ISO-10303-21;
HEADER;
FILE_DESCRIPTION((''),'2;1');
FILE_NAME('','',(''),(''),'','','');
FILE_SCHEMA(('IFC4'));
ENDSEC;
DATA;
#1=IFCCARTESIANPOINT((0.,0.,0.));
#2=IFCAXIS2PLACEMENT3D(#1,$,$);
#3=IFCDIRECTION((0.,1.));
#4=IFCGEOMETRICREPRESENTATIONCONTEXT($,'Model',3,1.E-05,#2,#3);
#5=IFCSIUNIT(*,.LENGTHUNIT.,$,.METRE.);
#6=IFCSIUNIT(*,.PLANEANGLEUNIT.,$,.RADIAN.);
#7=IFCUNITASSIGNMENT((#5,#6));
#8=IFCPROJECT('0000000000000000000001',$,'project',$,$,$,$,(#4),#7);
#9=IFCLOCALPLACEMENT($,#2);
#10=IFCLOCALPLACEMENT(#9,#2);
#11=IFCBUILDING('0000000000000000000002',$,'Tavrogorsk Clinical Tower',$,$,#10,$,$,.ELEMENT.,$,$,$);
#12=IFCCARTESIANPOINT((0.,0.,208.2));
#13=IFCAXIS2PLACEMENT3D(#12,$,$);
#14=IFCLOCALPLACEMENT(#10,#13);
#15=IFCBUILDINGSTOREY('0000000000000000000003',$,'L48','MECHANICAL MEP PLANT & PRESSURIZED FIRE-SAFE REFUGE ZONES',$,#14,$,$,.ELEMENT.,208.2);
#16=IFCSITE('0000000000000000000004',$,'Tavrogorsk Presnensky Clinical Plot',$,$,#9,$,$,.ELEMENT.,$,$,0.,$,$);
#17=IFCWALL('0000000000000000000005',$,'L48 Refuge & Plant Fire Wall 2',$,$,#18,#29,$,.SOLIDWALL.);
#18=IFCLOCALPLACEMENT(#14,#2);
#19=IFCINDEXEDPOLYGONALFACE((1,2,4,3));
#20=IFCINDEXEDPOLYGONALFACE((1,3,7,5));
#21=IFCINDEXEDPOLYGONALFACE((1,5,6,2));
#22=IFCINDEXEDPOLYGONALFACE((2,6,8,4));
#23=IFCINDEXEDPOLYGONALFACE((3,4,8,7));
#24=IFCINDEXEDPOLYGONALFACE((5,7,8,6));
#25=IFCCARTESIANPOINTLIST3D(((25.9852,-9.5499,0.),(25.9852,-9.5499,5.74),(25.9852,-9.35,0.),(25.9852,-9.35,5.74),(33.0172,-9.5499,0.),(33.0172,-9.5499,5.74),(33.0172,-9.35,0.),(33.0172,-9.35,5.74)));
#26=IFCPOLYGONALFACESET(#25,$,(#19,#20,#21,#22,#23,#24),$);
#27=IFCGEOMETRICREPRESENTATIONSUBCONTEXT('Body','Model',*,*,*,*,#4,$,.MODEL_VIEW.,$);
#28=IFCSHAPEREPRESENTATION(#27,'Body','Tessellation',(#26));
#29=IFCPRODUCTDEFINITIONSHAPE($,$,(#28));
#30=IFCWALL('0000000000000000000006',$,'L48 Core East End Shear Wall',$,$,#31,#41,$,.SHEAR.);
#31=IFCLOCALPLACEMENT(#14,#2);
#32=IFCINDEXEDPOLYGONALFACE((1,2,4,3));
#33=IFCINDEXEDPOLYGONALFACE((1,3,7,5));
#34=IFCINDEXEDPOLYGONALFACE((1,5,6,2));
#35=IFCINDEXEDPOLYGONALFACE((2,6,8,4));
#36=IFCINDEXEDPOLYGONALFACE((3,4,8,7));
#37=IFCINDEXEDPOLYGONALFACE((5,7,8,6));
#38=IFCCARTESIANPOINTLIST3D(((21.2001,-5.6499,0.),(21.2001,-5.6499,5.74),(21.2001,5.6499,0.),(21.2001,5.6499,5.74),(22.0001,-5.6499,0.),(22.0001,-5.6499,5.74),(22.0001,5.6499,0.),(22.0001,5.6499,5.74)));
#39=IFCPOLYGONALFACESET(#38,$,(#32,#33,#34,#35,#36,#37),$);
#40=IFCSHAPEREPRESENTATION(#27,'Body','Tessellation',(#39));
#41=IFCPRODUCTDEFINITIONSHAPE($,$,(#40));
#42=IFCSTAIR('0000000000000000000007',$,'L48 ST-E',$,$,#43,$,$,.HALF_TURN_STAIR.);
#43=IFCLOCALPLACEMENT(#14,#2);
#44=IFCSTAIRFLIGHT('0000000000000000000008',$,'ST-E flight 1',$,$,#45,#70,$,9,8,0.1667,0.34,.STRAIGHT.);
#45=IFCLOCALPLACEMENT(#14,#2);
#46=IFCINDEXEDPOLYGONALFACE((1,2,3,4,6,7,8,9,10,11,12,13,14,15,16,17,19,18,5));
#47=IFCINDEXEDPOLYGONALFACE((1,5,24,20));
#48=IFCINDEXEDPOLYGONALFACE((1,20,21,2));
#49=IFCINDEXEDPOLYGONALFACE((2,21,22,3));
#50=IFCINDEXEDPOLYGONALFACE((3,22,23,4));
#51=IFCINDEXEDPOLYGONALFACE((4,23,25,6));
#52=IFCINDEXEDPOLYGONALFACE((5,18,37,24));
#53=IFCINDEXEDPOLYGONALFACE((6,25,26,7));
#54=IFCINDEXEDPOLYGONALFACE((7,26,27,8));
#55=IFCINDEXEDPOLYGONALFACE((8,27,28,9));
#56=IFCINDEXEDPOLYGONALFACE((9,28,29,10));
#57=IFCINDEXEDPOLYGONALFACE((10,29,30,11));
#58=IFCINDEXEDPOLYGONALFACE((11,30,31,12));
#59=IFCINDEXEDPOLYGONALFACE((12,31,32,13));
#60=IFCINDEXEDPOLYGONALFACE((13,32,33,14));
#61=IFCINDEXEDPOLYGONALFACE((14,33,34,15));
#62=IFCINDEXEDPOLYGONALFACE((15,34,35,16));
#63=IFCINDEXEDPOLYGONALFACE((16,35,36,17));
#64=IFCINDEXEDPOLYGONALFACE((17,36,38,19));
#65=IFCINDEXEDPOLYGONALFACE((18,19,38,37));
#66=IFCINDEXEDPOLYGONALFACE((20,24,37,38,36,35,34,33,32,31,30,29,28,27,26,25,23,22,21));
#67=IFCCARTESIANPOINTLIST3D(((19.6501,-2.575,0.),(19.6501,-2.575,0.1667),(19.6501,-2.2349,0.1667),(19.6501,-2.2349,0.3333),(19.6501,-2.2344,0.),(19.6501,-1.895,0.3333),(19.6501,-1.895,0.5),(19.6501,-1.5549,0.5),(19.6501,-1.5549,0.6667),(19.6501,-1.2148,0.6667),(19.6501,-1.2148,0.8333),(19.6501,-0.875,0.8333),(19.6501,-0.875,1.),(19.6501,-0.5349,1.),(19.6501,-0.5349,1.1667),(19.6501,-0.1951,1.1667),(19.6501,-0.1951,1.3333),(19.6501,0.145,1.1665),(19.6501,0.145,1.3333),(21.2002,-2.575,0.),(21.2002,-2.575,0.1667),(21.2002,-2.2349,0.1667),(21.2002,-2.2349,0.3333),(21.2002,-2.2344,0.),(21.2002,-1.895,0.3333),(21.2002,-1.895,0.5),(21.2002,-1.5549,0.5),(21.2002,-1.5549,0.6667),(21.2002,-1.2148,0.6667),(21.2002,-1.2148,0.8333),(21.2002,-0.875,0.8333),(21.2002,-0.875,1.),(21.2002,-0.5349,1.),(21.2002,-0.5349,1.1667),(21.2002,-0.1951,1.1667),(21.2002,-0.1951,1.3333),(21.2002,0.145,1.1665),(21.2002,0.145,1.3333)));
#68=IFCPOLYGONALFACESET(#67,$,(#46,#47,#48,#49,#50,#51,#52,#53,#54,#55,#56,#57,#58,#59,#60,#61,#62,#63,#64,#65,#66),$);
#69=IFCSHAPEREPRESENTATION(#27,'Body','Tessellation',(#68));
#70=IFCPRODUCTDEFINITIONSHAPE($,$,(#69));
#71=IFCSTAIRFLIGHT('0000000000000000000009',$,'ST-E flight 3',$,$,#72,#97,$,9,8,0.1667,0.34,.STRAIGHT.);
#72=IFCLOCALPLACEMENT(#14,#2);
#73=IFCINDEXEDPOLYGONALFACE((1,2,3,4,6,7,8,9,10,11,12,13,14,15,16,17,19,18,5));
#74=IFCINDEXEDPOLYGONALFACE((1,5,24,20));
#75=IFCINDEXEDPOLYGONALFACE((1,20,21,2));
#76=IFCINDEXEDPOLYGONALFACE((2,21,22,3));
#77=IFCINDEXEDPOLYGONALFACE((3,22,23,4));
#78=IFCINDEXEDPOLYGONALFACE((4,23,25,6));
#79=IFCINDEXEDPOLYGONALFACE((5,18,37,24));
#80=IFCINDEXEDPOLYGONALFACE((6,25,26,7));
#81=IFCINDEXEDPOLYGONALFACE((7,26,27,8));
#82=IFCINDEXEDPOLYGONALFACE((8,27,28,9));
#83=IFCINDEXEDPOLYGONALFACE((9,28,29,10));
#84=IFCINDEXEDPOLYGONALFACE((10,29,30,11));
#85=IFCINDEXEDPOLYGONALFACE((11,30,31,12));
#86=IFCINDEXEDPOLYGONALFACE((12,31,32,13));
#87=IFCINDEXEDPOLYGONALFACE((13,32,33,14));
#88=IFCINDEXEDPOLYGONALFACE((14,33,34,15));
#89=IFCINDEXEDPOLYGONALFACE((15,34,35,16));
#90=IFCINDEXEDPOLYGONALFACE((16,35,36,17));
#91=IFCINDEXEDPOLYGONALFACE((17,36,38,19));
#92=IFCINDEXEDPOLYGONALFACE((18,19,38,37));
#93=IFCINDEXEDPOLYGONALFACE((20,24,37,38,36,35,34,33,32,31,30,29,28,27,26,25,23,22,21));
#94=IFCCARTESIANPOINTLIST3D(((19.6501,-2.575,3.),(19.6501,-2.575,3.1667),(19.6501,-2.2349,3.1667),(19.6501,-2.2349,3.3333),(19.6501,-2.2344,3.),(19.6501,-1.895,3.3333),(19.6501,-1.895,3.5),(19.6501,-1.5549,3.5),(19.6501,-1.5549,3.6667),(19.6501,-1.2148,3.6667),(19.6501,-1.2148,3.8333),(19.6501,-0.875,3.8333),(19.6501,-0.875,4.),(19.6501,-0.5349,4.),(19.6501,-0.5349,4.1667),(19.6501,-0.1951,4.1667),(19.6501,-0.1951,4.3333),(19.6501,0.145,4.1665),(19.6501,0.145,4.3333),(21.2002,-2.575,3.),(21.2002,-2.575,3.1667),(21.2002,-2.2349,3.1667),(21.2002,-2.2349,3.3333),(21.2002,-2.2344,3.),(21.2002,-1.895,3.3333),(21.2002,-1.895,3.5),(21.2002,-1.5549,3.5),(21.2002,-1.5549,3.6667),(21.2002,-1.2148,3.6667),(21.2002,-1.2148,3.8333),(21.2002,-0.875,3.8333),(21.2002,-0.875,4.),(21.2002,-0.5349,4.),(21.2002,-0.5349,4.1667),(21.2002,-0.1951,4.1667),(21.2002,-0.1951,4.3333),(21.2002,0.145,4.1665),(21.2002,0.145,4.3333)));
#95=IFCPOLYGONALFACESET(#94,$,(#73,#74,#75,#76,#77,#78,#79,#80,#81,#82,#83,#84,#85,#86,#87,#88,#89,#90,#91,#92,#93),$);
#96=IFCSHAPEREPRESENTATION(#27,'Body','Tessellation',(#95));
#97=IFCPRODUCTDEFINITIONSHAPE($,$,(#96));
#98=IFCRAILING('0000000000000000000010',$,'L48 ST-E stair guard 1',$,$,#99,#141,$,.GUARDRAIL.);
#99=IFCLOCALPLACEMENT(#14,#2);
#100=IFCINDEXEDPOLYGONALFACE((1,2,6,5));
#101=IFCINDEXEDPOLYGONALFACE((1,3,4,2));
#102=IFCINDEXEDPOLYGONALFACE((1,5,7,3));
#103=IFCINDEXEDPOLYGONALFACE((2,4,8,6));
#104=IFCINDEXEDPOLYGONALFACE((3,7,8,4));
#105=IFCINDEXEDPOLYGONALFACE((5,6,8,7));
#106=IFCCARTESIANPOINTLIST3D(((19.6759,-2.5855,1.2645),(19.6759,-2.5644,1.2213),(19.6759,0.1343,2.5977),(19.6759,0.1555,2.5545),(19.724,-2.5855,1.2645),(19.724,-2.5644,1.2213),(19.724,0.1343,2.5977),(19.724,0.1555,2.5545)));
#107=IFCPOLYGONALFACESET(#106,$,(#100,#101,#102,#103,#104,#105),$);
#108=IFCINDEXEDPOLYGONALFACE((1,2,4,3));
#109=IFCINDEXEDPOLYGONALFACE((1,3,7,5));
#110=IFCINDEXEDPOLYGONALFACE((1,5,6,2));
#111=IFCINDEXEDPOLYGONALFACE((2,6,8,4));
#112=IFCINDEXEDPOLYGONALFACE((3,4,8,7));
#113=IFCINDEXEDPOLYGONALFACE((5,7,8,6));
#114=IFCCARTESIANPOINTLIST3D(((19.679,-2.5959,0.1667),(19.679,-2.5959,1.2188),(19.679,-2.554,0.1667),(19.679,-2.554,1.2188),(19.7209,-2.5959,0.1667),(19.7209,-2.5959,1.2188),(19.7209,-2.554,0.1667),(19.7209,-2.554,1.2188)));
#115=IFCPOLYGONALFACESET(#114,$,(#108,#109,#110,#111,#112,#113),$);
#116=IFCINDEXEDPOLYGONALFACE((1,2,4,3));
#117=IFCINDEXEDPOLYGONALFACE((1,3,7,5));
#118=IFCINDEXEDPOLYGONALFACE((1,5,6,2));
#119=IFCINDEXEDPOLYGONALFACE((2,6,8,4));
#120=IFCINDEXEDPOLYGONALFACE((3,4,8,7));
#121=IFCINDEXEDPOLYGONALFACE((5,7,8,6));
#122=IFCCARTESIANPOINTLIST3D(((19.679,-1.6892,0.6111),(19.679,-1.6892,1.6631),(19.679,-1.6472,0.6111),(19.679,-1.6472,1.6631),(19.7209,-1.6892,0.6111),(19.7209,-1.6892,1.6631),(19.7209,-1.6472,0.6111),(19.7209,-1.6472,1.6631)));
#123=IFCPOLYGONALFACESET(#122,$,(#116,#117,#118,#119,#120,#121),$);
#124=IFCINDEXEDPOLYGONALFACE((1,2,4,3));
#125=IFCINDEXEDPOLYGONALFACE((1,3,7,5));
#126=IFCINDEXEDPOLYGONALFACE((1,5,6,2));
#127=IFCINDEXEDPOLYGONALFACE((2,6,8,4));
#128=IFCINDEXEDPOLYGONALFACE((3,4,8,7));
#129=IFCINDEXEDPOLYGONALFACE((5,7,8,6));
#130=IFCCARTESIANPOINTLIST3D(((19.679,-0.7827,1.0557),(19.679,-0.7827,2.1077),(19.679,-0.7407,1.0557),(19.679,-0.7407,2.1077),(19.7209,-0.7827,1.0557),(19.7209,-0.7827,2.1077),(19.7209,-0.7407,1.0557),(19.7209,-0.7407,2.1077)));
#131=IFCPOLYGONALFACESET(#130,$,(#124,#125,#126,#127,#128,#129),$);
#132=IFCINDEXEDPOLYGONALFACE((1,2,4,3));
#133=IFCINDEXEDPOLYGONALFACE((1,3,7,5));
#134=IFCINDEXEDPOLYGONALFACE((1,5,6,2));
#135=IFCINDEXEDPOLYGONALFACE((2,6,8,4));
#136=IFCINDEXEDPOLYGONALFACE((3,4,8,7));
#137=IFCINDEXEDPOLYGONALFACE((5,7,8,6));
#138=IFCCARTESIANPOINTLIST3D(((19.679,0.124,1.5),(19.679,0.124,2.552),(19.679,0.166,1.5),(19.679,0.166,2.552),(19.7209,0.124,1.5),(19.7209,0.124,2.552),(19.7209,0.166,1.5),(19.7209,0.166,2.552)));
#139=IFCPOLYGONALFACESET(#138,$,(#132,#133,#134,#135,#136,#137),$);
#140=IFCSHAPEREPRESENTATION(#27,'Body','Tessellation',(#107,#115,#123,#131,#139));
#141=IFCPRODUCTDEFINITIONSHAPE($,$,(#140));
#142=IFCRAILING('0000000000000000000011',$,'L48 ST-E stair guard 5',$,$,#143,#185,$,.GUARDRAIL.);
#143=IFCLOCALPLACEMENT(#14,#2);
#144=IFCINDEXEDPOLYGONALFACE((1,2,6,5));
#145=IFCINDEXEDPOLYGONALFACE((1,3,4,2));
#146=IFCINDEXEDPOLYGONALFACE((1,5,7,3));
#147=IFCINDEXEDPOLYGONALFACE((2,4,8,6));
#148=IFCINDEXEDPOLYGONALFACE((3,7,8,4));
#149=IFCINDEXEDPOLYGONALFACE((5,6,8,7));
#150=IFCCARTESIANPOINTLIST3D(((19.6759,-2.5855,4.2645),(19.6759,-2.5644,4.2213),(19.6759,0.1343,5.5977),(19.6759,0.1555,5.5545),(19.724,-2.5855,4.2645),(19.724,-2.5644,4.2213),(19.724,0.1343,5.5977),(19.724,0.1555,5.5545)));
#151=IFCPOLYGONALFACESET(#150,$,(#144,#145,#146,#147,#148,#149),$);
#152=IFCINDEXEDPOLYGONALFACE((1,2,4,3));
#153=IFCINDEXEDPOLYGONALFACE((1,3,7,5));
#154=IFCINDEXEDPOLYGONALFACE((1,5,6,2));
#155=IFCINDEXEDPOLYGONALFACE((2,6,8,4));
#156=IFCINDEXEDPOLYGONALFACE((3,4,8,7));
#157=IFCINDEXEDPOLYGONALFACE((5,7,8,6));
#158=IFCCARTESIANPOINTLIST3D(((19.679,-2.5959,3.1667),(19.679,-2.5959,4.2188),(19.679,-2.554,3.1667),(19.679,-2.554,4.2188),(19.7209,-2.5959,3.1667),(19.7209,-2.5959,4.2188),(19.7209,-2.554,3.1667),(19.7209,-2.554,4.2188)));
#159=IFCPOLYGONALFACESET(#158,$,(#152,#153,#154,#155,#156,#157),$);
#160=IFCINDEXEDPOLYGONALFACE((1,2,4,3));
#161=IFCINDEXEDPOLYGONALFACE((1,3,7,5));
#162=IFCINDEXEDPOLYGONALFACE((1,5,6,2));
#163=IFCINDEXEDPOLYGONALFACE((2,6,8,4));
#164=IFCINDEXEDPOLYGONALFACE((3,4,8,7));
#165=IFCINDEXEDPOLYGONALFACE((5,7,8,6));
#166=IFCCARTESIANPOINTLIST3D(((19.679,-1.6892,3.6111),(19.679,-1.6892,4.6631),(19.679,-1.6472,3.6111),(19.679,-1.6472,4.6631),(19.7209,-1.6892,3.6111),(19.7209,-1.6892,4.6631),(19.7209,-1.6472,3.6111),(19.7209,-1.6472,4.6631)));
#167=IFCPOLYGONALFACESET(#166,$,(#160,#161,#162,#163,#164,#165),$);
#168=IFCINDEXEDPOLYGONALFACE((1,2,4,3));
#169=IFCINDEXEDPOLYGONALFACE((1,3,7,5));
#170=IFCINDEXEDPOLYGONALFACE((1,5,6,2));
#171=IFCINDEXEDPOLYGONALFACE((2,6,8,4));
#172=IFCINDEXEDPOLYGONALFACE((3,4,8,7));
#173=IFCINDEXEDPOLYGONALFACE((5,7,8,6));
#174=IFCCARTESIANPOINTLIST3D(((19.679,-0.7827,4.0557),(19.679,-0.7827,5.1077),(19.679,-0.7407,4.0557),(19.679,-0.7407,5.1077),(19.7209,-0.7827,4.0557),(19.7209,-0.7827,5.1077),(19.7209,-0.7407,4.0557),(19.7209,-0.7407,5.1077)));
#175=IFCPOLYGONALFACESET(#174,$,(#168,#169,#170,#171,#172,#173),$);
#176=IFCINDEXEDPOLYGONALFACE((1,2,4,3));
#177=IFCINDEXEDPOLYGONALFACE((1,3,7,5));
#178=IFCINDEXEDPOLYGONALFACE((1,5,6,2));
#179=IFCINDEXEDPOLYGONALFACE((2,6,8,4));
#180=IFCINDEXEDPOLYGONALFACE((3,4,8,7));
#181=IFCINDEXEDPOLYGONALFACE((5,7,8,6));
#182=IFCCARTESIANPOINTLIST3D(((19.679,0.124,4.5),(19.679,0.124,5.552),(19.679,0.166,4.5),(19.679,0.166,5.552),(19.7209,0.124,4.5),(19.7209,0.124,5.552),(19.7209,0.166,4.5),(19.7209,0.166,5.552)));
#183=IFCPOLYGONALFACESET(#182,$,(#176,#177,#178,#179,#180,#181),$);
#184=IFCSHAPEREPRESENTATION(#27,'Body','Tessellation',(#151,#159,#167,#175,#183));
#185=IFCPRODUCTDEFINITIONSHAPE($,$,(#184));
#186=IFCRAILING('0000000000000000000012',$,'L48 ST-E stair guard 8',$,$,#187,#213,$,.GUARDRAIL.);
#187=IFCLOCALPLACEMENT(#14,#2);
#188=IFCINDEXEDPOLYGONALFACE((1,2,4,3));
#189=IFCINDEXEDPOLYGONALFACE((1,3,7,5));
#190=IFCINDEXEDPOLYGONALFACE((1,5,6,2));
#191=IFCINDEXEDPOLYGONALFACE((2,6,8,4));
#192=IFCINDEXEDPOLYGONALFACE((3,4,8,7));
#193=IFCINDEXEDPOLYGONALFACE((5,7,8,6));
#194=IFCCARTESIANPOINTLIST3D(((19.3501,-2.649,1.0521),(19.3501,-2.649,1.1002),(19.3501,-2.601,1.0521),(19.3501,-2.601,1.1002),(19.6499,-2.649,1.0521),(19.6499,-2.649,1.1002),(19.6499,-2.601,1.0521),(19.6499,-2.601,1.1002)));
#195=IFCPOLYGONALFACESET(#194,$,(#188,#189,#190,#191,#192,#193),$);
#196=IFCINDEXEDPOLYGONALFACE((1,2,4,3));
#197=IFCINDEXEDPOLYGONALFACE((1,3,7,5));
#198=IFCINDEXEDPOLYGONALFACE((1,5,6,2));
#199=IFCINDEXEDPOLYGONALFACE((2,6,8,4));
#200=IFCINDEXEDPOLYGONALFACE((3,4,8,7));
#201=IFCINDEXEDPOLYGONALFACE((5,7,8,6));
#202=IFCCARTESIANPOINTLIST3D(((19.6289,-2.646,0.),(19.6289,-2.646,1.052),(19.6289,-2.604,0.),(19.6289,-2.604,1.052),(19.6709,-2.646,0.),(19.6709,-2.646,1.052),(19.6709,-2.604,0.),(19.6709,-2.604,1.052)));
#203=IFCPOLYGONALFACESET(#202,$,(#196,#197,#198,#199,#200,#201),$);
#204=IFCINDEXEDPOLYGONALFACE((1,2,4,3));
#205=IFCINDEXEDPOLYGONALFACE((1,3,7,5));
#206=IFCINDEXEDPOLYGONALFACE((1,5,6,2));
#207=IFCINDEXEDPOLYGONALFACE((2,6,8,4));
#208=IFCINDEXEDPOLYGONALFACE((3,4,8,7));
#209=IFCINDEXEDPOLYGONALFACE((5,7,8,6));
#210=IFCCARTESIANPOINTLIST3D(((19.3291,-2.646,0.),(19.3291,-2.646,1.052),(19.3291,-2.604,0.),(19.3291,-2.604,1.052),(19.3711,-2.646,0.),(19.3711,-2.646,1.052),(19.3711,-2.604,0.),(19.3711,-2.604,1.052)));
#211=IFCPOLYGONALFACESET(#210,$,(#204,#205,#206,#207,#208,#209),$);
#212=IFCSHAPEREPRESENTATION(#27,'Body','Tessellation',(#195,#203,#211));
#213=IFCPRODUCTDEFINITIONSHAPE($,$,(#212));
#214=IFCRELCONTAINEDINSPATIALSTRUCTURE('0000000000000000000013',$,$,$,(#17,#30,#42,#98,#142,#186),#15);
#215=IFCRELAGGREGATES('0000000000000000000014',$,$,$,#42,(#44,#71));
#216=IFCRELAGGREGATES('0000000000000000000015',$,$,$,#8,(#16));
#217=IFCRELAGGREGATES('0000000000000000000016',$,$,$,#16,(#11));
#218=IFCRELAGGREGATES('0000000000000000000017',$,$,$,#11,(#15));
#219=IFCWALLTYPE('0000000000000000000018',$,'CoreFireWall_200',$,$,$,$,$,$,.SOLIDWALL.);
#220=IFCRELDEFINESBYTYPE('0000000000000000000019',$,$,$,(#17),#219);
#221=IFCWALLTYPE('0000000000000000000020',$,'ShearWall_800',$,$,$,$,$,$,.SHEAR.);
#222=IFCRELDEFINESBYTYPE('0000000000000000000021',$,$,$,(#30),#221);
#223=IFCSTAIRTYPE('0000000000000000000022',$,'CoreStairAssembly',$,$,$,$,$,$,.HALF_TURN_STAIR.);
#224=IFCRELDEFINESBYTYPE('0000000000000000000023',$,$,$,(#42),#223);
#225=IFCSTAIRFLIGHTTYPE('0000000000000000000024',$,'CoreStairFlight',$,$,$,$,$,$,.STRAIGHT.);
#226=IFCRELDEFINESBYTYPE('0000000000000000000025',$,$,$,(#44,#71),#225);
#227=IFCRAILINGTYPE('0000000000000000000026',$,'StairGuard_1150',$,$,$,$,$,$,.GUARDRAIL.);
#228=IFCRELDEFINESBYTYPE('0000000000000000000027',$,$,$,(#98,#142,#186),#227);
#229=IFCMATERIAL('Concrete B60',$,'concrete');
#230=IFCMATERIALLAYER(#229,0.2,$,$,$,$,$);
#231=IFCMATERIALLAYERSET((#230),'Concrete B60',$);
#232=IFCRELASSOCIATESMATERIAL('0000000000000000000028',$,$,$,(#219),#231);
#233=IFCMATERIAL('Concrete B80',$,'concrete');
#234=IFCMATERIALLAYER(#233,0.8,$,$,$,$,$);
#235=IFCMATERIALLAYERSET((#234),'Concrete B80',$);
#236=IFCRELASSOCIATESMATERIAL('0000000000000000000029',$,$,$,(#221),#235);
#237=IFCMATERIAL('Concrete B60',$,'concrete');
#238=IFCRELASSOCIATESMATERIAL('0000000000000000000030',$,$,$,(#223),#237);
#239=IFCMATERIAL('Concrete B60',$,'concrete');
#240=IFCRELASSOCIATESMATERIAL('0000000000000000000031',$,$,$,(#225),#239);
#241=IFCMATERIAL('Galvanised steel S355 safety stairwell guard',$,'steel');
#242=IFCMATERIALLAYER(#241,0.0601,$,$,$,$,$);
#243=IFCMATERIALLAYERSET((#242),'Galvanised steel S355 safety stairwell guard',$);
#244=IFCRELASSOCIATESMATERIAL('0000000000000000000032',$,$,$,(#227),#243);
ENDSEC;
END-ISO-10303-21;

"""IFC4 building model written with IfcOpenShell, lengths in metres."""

from ifc_helpers import new_model, si_unit, direction, frame, frame_2d, origin, origin_2d, place, context, subcontext, project, spatial, polyline, rectangle, outline, extrude, material, layer, layer_set, type_object, element, aggregate, save


model = new_model("IFC4")

# Units and contexts
model_context = context("Model", 3, precision=1e-05, world=origin(), true_north=direction((0.0, 1.0)))
body_context = subcontext(model_context, "Body", "Model", "MODEL_VIEW")
ifc_project = project(units=[si_unit("LENGTHUNIT", "METRE"), si_unit("PLANEANGLEUNIT", "RADIAN")], contexts=[model_context])

# Site, building, storey
site_placement = place(None, origin())
site = spatial("IfcSite", under=ifc_project, at=site_placement, Name="Tavrogorsk Presnensky Clinical Plot", CompositionType="ELEMENT", RefElevation=0.0)
building_placement = place(site_placement, origin())
building = spatial("IfcBuilding", under=site, at=building_placement, Name="Tavrogorsk Clinical Tower", CompositionType="ELEMENT")
storey_placement = place(building_placement, frame((0.0, 0.0, 208.2)))
storey = spatial("IfcBuildingStorey", under=building, at=storey_placement, Name="L48", Description="MECHANICAL MEP PLANT & PRESSURIZED FIRE-SAFE REFUGE ZONES", CompositionType="ELEMENT", Elevation=208.2)

# Shared definitions
ifc_material_1 = material(Name="Concrete B60", Category="concrete")
ifc_layer_1 = layer(ifc_material_1, 0.2)
ifc_layer_set_1 = layer_set([ifc_layer_1], Name="Concrete B60")
wall_type_1 = type_object("IfcWallType", Name="CoreFireWall_200", PredefinedType="SOLIDWALL", material=ifc_layer_set_1)

# Walls
wall_1_placement = place(storey_placement, frame((25.9851, -9.45, 0.0), z_axis=(0.0, 0.0, 1.0), x_axis=(1.0, 0.0, 0.0)))
element("IfcWall", 1, at=wall_1_placement, inside=storey, type_object=wall_type_1, Name="L48 Refuge & Plant Fire Wall 2", PredefinedType="SOLIDWALL", context=body_context, shape_type="SweptSolid", body=[
    extrude(rectangle(XDim=7.032, YDim=0.2, at=frame_2d((3.5161, 0.0))), origin(), (0.0, 0.0, 1.0), 5.74),
])
ifc_material_2 = material(Name="Concrete B80", Category="concrete")
ifc_layer_2 = layer(ifc_material_2, 0.8)
ifc_layer_set_2 = layer_set([ifc_layer_2], Name="Concrete B80")
wall_type_2 = type_object("IfcWallType", Name="ShearWall_800", PredefinedType="SHEAR", material=ifc_layer_set_2)
wall_2_placement = place(storey_placement, frame((21.6001, -5.6499, 0.0), z_axis=(0.0, 0.0, 1.0), x_axis=(0.0, 1.0, 0.0)))
element("IfcWall", 2, at=wall_2_placement, inside=storey, type_object=wall_type_2, Name="L48 Core East End Shear Wall", PredefinedType="SHEAR", context=body_context, shape_type="SweptSolid", body=[
    extrude(rectangle(XDim=11.2998, YDim=0.8, at=frame_2d((5.6499, 0.0))), origin(), (0.0, 0.0, 1.0), 5.74),
])

# Stair, stair flights
ifc_material_3 = material(Name="Concrete B60", Category="concrete")
stair_type = type_object("IfcStairType", Name="CoreStairAssembly", PredefinedType="HALF_TURN_STAIR", material=ifc_material_3)
stair_placement = place(storey_placement, origin())
stair = element("IfcStair", 3, at=stair_placement, inside=storey, type_object=stair_type, Name="L48 ST-E", PredefinedType="HALF_TURN_STAIR")
ifc_material_4 = material(Name="Concrete B60", Category="concrete")
stair_flight_type = type_object("IfcStairFlightType", Name="CoreStairFlight", PredefinedType="STRAIGHT", material=ifc_material_4)
stair_flight_1_placement = place(storey_placement, frame((20.425, -2.575, 0.0), z_axis=(0.0, 0.0, 1.0), x_axis=(0.0, 1.0, 0.0)))
stair_flight_1 = element("IfcStairFlight", 4, at=stair_flight_1_placement, type_object=stair_flight_type, Name="ST-E flight 1", NumberOfRisers=9, NumberOfTreads=8, PredefinedType="STRAIGHT", RiserHeight=0.1667, TreadLength=0.34, context=body_context, shape_type="SweptSolid", body=[
    extrude(outline(polyline([(0.0, 0.0), (0.0, 0.1667), (0.3401, 0.1667), (0.3401, 0.3333), (0.6799, 0.3333), (0.6799, 0.5), (1.02, 0.5), (1.02, 0.6667), (1.3601, 0.6667), (1.3601, 0.8333), (1.7, 0.8333), (1.7, 1.0), (2.04, 1.0), (2.04, 1.1667), (2.3799, 1.1667), (2.3799, 1.3333), (2.72, 1.3333), (2.72, 1.5), (2.72, 1.1665), (0.3406, 0.0), (0.0, 0.0)])), frame((0.0, 0.7749, 0.0), z_axis=(0.0, -1.0, 0.0), x_axis=(1.0, 0.0, 0.0)), (0.0, 0.0, 1.0), 1.55),
])
stair_flight_2_placement = place(storey_placement, frame((20.425, -2.575, 3.0), z_axis=(0.0, 0.0, 1.0), x_axis=(0.0, 1.0, 0.0)))
stair_flight_2 = element("IfcStairFlight", 5, at=stair_flight_2_placement, type_object=stair_flight_type, Name="ST-E flight 3", NumberOfRisers=9, NumberOfTreads=8, PredefinedType="STRAIGHT", RiserHeight=0.1667, TreadLength=0.34, context=body_context, shape_type="SweptSolid", body=[
    extrude(outline(polyline([(0.0, 0.0), (0.0, 0.1667), (0.3401, 0.1667), (0.3401, 0.3333), (0.6799, 0.3333), (0.6799, 0.5), (1.02, 0.5), (1.02, 0.6667), (1.3601, 0.6667), (1.3601, 0.8333), (1.7, 0.8333), (1.7, 1.0), (2.04, 1.0), (2.04, 1.1667), (2.3799, 1.1667), (2.3799, 1.3333), (2.72, 1.3333), (2.72, 1.5), (2.72, 1.1665), (0.3406, 0.0), (0.0, 0.0)])), frame((0.0, 0.7749, 0.0), z_axis=(0.0, -1.0, 0.0), x_axis=(1.0, 0.0, 0.0)), (0.0, 0.0, 1.0), 1.55),
])
aggregate(stair, [stair_flight_1, stair_flight_2])

# Railings
ifc_material_5 = material(Name="Galvanised steel S355 safety stairwell guard", Category="steel")
ifc_layer_3 = layer(ifc_material_5, 0.0601)
ifc_layer_set_3 = layer_set([ifc_layer_3], Name="Galvanised steel S355 safety stairwell guard")
railing_type_1 = type_object("IfcRailingType", Name="StairGuard_1150", PredefinedType="GUARDRAIL", material=ifc_layer_set_3)
for number, where, name in (
    (6, (19.7, -2.575, 0.1667), "L48 ST-E stair guard 1"),
    (7, (19.7, -2.575, 3.1667), "L48 ST-E stair guard 5"),
):
    element("IfcRailing", number, at=place(storey_placement, frame(where)), inside=storey, type_object=railing_type_1, Name=name, PredefinedType="GUARDRAIL", context=body_context, shape_type="SweptSolid", body=[
        extrude(rectangle(XDim=0.0481, YDim=0.0481, at=origin_2d()), frame((0.0, 0.0, 1.0762), z_axis=(0.0, 0.897929, 0.440139), x_axis=(-1.0, 0.0, 0.0)), (0.0, 0.0, 1.0), 3.0291),
        extrude(rectangle(XDim=0.042, YDim=0.042, at=origin_2d()), origin(), (0.0, 0.0, 1.0), 1.052),
        extrude(rectangle(XDim=0.042, YDim=0.042, at=origin_2d()), frame((0.0, 0.9067, 0.4443)), (0.0, 0.0, 1.0), 1.052),
        extrude(rectangle(XDim=0.042, YDim=0.042, at=origin_2d()), frame((0.0, 1.8132, 0.8889)), (0.0, 0.0, 1.0), 1.052),
        extrude(rectangle(XDim=0.042, YDim=0.042, at=origin_2d()), frame((0.0, 2.72, 1.3333)), (0.0, 0.0, 1.0), 1.052),
    ])
railing_placement = place(storey_placement, frame((19.6499, -2.625, 0.0)))
element("IfcRailing", 8, at=railing_placement, inside=storey, type_object=railing_type_1, Name="L48 ST-E stair guard 8", PredefinedType="GUARDRAIL", context=body_context, shape_type="SweptSolid", body=[
    extrude(rectangle(XDim=0.0481, YDim=0.0481, at=origin_2d()), frame((0.0, 0.0, 1.0762), z_axis=(-1.0, 0.0, 0.0), x_axis=(0.0, -1.0, 0.0)), (0.0, 0.0, 1.0), 0.2998),
    extrude(rectangle(XDim=0.042, YDim=0.042, at=origin_2d()), origin(), (0.0, 0.0, 1.0), 1.052),
    extrude(rectangle(XDim=0.042, YDim=0.042, at=origin_2d()), frame((-0.2998, 0.0, 0.0)), (0.0, 0.0, 1.0), 1.052),
])

save(model, "model.ifc")
